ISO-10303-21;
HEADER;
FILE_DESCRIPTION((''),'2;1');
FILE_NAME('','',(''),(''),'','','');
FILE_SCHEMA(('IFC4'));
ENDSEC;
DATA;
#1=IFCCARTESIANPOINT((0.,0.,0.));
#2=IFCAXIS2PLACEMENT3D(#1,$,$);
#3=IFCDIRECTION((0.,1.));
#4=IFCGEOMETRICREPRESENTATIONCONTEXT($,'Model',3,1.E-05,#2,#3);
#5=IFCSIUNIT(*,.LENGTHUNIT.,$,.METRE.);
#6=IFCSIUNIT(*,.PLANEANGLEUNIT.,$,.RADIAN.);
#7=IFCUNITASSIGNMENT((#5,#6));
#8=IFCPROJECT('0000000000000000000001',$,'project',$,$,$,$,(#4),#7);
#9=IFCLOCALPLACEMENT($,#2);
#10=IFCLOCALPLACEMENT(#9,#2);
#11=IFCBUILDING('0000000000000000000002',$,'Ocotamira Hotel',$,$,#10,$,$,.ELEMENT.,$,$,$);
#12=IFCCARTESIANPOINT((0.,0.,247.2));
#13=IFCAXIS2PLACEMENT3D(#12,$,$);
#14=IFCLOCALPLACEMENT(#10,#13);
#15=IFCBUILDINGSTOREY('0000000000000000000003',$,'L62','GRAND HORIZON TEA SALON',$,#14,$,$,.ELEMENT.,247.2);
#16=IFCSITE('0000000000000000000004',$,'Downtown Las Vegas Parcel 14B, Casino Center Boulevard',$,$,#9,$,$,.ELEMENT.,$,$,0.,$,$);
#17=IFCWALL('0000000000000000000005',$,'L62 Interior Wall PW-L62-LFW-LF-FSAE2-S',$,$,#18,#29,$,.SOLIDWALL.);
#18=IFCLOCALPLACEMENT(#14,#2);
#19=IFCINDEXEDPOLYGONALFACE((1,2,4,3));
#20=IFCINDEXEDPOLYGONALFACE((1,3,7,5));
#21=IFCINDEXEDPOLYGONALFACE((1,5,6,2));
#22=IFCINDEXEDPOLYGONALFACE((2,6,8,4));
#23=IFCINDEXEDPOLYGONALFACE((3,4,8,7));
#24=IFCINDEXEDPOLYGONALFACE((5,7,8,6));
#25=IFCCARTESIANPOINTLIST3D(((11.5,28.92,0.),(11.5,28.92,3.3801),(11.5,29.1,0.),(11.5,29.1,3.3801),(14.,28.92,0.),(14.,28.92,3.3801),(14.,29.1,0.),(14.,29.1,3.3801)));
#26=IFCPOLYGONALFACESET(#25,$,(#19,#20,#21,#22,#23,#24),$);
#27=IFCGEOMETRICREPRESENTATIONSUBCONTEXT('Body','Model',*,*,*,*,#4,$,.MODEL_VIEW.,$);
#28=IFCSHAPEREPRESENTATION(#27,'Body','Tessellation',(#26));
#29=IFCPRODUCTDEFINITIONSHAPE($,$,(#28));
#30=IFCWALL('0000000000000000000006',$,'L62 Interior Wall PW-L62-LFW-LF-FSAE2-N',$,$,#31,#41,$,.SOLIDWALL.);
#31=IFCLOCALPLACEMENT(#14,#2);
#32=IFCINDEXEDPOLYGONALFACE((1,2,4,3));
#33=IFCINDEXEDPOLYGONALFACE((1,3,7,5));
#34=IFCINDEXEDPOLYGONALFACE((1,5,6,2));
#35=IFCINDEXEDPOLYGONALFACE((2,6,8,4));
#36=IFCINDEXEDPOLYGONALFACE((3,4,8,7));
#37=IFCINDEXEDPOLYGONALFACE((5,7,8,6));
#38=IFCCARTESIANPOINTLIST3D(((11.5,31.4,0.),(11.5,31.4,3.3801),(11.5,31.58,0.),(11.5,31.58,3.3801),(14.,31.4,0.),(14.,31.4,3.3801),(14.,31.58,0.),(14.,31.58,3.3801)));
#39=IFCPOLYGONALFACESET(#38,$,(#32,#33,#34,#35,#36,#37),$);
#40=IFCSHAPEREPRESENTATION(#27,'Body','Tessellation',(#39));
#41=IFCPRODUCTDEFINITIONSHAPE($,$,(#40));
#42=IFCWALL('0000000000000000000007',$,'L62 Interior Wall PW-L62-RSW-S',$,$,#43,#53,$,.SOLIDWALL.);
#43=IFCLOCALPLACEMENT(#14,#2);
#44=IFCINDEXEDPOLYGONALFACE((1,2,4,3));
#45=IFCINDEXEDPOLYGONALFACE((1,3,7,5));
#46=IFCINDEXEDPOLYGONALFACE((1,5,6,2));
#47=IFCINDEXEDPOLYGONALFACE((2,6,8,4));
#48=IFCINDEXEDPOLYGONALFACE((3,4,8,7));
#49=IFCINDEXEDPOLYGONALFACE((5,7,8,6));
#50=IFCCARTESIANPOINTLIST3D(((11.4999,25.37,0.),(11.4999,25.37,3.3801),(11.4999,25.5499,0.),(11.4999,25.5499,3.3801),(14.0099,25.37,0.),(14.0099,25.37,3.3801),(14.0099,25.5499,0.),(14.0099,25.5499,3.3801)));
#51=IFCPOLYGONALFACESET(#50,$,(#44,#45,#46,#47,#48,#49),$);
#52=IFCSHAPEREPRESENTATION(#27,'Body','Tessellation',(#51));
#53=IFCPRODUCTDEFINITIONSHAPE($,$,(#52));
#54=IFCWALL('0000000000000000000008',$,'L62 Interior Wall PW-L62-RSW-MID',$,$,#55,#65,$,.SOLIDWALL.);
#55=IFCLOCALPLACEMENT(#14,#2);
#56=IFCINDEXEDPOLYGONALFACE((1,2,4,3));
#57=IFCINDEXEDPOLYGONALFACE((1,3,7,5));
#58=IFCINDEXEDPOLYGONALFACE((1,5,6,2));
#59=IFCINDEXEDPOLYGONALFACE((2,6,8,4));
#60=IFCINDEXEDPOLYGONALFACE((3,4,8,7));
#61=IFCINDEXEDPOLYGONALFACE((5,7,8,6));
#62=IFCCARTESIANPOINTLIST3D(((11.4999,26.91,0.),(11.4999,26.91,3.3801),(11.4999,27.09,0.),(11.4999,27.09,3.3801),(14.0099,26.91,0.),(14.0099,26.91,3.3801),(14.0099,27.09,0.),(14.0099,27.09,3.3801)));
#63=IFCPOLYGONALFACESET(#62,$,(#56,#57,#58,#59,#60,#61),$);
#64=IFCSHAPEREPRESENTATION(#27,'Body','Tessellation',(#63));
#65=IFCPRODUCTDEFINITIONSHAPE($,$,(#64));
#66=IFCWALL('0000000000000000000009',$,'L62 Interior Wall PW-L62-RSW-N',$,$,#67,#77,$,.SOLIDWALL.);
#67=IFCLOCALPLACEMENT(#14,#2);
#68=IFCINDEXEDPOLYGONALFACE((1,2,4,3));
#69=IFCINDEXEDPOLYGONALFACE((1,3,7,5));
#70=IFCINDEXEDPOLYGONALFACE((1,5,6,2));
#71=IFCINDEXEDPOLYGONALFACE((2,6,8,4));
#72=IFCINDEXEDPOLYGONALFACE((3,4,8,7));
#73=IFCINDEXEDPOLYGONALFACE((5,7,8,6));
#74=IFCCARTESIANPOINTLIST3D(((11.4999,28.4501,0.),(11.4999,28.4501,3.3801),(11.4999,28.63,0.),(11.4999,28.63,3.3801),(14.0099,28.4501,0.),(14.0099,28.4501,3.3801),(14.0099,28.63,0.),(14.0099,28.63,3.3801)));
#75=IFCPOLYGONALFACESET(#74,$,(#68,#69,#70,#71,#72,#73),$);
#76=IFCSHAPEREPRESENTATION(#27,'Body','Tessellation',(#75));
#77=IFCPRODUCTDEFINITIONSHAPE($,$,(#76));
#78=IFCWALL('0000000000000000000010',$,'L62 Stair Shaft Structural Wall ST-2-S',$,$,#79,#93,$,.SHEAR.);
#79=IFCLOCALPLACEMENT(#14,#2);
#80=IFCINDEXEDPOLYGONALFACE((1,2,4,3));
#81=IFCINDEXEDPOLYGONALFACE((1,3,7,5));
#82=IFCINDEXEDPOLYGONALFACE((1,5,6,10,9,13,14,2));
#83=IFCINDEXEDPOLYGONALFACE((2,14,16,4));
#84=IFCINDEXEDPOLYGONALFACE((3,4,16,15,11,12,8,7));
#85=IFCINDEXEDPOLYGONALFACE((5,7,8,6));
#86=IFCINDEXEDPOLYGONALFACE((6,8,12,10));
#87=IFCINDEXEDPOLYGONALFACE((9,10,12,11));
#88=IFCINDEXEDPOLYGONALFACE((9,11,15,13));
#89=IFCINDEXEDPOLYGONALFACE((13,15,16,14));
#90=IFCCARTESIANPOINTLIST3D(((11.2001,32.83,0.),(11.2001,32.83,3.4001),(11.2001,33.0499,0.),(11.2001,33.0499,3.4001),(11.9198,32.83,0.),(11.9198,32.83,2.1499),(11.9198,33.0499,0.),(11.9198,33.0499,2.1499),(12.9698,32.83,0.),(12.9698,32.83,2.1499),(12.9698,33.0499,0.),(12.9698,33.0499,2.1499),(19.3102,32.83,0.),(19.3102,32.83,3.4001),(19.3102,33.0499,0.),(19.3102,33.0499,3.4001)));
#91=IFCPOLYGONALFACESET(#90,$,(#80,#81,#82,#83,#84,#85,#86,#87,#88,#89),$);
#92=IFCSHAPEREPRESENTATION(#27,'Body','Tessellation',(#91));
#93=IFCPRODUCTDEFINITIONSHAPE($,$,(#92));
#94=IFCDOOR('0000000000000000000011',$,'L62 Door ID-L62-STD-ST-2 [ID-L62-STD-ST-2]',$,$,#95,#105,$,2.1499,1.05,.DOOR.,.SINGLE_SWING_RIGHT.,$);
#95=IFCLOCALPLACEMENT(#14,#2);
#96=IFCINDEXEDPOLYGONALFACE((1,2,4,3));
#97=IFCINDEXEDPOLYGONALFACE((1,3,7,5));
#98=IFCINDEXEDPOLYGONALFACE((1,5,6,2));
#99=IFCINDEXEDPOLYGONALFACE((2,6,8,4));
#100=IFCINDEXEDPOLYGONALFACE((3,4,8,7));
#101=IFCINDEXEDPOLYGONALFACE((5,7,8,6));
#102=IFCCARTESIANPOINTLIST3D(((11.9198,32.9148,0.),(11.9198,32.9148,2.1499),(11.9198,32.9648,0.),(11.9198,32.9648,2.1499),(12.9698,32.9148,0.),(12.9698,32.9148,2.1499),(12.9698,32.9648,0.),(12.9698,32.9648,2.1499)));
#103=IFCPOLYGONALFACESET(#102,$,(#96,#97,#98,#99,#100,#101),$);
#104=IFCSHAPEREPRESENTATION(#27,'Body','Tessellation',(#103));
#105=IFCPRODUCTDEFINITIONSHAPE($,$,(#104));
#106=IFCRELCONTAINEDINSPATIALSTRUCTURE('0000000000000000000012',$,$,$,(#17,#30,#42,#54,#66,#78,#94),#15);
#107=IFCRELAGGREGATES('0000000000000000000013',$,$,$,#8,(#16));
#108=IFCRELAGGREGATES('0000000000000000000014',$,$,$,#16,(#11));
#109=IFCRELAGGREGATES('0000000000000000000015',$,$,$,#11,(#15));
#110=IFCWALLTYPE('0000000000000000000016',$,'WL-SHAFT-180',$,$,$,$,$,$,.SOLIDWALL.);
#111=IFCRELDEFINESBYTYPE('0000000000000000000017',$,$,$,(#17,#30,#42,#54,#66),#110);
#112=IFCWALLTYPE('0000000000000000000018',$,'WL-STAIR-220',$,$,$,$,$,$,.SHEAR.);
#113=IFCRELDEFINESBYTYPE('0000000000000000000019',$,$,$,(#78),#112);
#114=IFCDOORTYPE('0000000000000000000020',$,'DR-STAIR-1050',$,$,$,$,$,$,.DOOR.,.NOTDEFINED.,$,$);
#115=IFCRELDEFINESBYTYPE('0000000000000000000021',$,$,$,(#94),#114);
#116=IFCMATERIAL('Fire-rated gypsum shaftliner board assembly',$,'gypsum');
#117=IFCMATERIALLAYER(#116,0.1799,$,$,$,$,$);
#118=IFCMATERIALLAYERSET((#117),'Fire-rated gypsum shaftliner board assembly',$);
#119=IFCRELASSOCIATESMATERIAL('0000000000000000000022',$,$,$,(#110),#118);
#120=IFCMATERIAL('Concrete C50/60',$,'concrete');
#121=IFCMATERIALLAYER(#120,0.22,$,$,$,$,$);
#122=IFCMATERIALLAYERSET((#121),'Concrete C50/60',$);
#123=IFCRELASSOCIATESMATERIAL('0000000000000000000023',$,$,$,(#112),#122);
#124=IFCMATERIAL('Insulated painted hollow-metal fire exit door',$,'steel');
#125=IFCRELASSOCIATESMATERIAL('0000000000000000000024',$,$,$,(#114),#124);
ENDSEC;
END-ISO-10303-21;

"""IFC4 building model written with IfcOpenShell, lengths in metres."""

from ifc_helpers import new_model, si_unit, direction, frame, frame_2d, origin, place, context, subcontext, project, spatial, rectangle, extrude, source, transform, mapped, material, layer, layer_set, type_object, element, fill, save


model = new_model("IFC4")

# Units and contexts
model_context = context("Model", 3, precision=1e-05, world=origin(), true_north=direction((0.0, 1.0)))
body_context = subcontext(model_context, "Body", "Model", "MODEL_VIEW")
ifc_project = project(units=[si_unit("LENGTHUNIT", "METRE"), si_unit("PLANEANGLEUNIT", "RADIAN")], contexts=[model_context])

# Site, building, storey
site_placement = place(None, origin())
site = spatial("IfcSite", under=ifc_project, at=site_placement, Name="Downtown Las Vegas Parcel 14B, Casino Center Boulevard", CompositionType="ELEMENT", RefElevation=0.0)
building_placement = place(site_placement, origin())
building = spatial("IfcBuilding", under=site, at=building_placement, Name="Ocotamira Hotel", CompositionType="ELEMENT")
storey_placement = place(building_placement, frame((0.0, 0.0, 247.2)))
storey = spatial("IfcBuildingStorey", under=building, at=storey_placement, Name="L62", Description="GRAND HORIZON TEA SALON", CompositionType="ELEMENT", Elevation=247.2)

# Walls
ifc_material_1 = material(Name="Fire-rated gypsum shaftliner board assembly", Category="gypsum")
ifc_layer_1 = layer(ifc_material_1, 0.1799)
ifc_layer_set_1 = layer_set([ifc_layer_1], Name="Fire-rated gypsum shaftliner board assembly")
wall_type_1 = type_object("IfcWallType", Name="WL-SHAFT-180", PredefinedType="SOLIDWALL", material=ifc_layer_set_1)
for number, where, z_axis, x_axis, name in (
    (1, (11.5, 29.01, 0.0), (0.0, 0.0, 1.0), (1.0, 0.0, 0.0), "L62 Interior Wall PW-L62-LFW-LF-FSAE2-S"),
    (2, (11.5, 31.49, 0.0), (0.0, 0.0, 1.0), (1.0, 0.0, 0.0), "L62 Interior Wall PW-L62-LFW-LF-FSAE2-N"),
):
    element("IfcWall", number, at=place(storey_placement, frame(where, z_axis=z_axis, x_axis=x_axis)), inside=storey, type_object=wall_type_1, Name=name, PredefinedType="SOLIDWALL", context=body_context, shape_type="SweptSolid", body=[
        extrude(rectangle(XDim=2.5, YDim=0.1799, at=frame_2d((1.25, 0.0))), origin(), (0.0, 0.0, 1.0), 3.3801),
    ])
for number, where, z_axis, x_axis, name in (
    (3, (11.5, 25.46, 0.0), (0.0, 0.0, 1.0), (1.0, 0.0, 0.0), "L62 Interior Wall PW-L62-RSW-S"),
    (4, (11.5, 27.0, 0.0), (0.0, 0.0, 1.0), (1.0, 0.0, 0.0), "L62 Interior Wall PW-L62-RSW-MID"),
    (5, (11.5, 28.54, 0.0), (0.0, 0.0, 1.0), (1.0, 0.0, 0.0), "L62 Interior Wall PW-L62-RSW-N"),
):
    element("IfcWall", number, at=place(storey_placement, frame(where, z_axis=z_axis, x_axis=x_axis)), inside=storey, type_object=wall_type_1, Name=name, PredefinedType="SOLIDWALL", context=body_context, shape_type="SweptSolid", body=[
        extrude(rectangle(XDim=2.51, YDim=0.1799, at=frame_2d((1.2549, 0.0))), origin(), (0.0, 0.0, 1.0), 3.3801),
    ])

# Wall, opening, door
ifc_material_2 = material(Name="Concrete C50/60", Category="concrete")
ifc_layer_2 = layer(ifc_material_2, 0.22)
ifc_layer_set_2 = layer_set([ifc_layer_2], Name="Concrete C50/60")
wall_type_2 = type_object("IfcWallType", Name="WL-STAIR-220", PredefinedType="SHEAR", material=ifc_layer_set_2)
wall_1_placement = place(storey_placement, frame((11.2, 32.9399, 0.0), z_axis=(0.0, 0.0, 1.0), x_axis=(1.0, 0.0, 0.0)))
wall_1 = element("IfcWall", 6, at=wall_1_placement, inside=storey, type_object=wall_type_2, Name="L62 Stair Shaft Structural Wall ST-2-S", PredefinedType="SHEAR", context=body_context, shape_type="SweptSolid", body=[
    extrude(rectangle(XDim=8.1101, YDim=0.22, at=frame_2d((4.0552, 0.0))), origin(), (0.0, 0.0, 1.0), 3.4001),
])
opening_1_placement = place(wall_1_placement, frame((0.72, 0.0, 0.0)))
opening_1 = element("IfcOpeningElement", 7, at=opening_1_placement, cuts=wall_1, PredefinedType="OPENING", context=body_context, shape_type="SweptSolid", body=[
    extrude(rectangle(XDim=1.05, YDim=2.1499, at=frame_2d((0.5249, 1.075))), frame((0.0, 0.1201, 0.0), z_axis=(0.0, -1.0, 0.0), x_axis=(1.0, 0.0, 0.0)), (0.0, 0.0, 1.0), 0.24),
])
ifc_material_3 = material(Name="Insulated painted hollow-metal fire exit door", Category="steel")
door_type_1 = type_object("IfcDoorType", Name="DR-STAIR-1050", OperationType="NOTDEFINED", PredefinedType="DOOR", material=ifc_material_3)
shared_shape_1 = source(origin(), body_context, "Body", "SweptSolid", [
    extrude(rectangle(XDim=1.05, YDim=2.1499, at=frame_2d((0.5249, 1.075))), frame((0.0, 0.0249, 0.0), z_axis=(0.0, -1.0, 0.0), x_axis=(1.0, 0.0, 0.0)), (0.0, 0.0, 1.0), 0.05),
])
door_1_placement = place(opening_1_placement, origin())
door_1 = element("IfcDoor", 8, at=door_1_placement, inside=storey, type_object=door_type_1, Name="L62 Door ID-L62-STD-ST-2 [ID-L62-STD-ST-2]", OperationType="SINGLE_SWING_RIGHT", OverallHeight=2.1499, OverallWidth=1.05, PredefinedType="DOOR", context=body_context, shape_type="MappedRepresentation", body=[
    mapped(shared_shape_1, transform((0.0, 0.0, 0.0), scale=1.0)),
])
fill(opening_1, door_1)

save(model, "model.ifc")
